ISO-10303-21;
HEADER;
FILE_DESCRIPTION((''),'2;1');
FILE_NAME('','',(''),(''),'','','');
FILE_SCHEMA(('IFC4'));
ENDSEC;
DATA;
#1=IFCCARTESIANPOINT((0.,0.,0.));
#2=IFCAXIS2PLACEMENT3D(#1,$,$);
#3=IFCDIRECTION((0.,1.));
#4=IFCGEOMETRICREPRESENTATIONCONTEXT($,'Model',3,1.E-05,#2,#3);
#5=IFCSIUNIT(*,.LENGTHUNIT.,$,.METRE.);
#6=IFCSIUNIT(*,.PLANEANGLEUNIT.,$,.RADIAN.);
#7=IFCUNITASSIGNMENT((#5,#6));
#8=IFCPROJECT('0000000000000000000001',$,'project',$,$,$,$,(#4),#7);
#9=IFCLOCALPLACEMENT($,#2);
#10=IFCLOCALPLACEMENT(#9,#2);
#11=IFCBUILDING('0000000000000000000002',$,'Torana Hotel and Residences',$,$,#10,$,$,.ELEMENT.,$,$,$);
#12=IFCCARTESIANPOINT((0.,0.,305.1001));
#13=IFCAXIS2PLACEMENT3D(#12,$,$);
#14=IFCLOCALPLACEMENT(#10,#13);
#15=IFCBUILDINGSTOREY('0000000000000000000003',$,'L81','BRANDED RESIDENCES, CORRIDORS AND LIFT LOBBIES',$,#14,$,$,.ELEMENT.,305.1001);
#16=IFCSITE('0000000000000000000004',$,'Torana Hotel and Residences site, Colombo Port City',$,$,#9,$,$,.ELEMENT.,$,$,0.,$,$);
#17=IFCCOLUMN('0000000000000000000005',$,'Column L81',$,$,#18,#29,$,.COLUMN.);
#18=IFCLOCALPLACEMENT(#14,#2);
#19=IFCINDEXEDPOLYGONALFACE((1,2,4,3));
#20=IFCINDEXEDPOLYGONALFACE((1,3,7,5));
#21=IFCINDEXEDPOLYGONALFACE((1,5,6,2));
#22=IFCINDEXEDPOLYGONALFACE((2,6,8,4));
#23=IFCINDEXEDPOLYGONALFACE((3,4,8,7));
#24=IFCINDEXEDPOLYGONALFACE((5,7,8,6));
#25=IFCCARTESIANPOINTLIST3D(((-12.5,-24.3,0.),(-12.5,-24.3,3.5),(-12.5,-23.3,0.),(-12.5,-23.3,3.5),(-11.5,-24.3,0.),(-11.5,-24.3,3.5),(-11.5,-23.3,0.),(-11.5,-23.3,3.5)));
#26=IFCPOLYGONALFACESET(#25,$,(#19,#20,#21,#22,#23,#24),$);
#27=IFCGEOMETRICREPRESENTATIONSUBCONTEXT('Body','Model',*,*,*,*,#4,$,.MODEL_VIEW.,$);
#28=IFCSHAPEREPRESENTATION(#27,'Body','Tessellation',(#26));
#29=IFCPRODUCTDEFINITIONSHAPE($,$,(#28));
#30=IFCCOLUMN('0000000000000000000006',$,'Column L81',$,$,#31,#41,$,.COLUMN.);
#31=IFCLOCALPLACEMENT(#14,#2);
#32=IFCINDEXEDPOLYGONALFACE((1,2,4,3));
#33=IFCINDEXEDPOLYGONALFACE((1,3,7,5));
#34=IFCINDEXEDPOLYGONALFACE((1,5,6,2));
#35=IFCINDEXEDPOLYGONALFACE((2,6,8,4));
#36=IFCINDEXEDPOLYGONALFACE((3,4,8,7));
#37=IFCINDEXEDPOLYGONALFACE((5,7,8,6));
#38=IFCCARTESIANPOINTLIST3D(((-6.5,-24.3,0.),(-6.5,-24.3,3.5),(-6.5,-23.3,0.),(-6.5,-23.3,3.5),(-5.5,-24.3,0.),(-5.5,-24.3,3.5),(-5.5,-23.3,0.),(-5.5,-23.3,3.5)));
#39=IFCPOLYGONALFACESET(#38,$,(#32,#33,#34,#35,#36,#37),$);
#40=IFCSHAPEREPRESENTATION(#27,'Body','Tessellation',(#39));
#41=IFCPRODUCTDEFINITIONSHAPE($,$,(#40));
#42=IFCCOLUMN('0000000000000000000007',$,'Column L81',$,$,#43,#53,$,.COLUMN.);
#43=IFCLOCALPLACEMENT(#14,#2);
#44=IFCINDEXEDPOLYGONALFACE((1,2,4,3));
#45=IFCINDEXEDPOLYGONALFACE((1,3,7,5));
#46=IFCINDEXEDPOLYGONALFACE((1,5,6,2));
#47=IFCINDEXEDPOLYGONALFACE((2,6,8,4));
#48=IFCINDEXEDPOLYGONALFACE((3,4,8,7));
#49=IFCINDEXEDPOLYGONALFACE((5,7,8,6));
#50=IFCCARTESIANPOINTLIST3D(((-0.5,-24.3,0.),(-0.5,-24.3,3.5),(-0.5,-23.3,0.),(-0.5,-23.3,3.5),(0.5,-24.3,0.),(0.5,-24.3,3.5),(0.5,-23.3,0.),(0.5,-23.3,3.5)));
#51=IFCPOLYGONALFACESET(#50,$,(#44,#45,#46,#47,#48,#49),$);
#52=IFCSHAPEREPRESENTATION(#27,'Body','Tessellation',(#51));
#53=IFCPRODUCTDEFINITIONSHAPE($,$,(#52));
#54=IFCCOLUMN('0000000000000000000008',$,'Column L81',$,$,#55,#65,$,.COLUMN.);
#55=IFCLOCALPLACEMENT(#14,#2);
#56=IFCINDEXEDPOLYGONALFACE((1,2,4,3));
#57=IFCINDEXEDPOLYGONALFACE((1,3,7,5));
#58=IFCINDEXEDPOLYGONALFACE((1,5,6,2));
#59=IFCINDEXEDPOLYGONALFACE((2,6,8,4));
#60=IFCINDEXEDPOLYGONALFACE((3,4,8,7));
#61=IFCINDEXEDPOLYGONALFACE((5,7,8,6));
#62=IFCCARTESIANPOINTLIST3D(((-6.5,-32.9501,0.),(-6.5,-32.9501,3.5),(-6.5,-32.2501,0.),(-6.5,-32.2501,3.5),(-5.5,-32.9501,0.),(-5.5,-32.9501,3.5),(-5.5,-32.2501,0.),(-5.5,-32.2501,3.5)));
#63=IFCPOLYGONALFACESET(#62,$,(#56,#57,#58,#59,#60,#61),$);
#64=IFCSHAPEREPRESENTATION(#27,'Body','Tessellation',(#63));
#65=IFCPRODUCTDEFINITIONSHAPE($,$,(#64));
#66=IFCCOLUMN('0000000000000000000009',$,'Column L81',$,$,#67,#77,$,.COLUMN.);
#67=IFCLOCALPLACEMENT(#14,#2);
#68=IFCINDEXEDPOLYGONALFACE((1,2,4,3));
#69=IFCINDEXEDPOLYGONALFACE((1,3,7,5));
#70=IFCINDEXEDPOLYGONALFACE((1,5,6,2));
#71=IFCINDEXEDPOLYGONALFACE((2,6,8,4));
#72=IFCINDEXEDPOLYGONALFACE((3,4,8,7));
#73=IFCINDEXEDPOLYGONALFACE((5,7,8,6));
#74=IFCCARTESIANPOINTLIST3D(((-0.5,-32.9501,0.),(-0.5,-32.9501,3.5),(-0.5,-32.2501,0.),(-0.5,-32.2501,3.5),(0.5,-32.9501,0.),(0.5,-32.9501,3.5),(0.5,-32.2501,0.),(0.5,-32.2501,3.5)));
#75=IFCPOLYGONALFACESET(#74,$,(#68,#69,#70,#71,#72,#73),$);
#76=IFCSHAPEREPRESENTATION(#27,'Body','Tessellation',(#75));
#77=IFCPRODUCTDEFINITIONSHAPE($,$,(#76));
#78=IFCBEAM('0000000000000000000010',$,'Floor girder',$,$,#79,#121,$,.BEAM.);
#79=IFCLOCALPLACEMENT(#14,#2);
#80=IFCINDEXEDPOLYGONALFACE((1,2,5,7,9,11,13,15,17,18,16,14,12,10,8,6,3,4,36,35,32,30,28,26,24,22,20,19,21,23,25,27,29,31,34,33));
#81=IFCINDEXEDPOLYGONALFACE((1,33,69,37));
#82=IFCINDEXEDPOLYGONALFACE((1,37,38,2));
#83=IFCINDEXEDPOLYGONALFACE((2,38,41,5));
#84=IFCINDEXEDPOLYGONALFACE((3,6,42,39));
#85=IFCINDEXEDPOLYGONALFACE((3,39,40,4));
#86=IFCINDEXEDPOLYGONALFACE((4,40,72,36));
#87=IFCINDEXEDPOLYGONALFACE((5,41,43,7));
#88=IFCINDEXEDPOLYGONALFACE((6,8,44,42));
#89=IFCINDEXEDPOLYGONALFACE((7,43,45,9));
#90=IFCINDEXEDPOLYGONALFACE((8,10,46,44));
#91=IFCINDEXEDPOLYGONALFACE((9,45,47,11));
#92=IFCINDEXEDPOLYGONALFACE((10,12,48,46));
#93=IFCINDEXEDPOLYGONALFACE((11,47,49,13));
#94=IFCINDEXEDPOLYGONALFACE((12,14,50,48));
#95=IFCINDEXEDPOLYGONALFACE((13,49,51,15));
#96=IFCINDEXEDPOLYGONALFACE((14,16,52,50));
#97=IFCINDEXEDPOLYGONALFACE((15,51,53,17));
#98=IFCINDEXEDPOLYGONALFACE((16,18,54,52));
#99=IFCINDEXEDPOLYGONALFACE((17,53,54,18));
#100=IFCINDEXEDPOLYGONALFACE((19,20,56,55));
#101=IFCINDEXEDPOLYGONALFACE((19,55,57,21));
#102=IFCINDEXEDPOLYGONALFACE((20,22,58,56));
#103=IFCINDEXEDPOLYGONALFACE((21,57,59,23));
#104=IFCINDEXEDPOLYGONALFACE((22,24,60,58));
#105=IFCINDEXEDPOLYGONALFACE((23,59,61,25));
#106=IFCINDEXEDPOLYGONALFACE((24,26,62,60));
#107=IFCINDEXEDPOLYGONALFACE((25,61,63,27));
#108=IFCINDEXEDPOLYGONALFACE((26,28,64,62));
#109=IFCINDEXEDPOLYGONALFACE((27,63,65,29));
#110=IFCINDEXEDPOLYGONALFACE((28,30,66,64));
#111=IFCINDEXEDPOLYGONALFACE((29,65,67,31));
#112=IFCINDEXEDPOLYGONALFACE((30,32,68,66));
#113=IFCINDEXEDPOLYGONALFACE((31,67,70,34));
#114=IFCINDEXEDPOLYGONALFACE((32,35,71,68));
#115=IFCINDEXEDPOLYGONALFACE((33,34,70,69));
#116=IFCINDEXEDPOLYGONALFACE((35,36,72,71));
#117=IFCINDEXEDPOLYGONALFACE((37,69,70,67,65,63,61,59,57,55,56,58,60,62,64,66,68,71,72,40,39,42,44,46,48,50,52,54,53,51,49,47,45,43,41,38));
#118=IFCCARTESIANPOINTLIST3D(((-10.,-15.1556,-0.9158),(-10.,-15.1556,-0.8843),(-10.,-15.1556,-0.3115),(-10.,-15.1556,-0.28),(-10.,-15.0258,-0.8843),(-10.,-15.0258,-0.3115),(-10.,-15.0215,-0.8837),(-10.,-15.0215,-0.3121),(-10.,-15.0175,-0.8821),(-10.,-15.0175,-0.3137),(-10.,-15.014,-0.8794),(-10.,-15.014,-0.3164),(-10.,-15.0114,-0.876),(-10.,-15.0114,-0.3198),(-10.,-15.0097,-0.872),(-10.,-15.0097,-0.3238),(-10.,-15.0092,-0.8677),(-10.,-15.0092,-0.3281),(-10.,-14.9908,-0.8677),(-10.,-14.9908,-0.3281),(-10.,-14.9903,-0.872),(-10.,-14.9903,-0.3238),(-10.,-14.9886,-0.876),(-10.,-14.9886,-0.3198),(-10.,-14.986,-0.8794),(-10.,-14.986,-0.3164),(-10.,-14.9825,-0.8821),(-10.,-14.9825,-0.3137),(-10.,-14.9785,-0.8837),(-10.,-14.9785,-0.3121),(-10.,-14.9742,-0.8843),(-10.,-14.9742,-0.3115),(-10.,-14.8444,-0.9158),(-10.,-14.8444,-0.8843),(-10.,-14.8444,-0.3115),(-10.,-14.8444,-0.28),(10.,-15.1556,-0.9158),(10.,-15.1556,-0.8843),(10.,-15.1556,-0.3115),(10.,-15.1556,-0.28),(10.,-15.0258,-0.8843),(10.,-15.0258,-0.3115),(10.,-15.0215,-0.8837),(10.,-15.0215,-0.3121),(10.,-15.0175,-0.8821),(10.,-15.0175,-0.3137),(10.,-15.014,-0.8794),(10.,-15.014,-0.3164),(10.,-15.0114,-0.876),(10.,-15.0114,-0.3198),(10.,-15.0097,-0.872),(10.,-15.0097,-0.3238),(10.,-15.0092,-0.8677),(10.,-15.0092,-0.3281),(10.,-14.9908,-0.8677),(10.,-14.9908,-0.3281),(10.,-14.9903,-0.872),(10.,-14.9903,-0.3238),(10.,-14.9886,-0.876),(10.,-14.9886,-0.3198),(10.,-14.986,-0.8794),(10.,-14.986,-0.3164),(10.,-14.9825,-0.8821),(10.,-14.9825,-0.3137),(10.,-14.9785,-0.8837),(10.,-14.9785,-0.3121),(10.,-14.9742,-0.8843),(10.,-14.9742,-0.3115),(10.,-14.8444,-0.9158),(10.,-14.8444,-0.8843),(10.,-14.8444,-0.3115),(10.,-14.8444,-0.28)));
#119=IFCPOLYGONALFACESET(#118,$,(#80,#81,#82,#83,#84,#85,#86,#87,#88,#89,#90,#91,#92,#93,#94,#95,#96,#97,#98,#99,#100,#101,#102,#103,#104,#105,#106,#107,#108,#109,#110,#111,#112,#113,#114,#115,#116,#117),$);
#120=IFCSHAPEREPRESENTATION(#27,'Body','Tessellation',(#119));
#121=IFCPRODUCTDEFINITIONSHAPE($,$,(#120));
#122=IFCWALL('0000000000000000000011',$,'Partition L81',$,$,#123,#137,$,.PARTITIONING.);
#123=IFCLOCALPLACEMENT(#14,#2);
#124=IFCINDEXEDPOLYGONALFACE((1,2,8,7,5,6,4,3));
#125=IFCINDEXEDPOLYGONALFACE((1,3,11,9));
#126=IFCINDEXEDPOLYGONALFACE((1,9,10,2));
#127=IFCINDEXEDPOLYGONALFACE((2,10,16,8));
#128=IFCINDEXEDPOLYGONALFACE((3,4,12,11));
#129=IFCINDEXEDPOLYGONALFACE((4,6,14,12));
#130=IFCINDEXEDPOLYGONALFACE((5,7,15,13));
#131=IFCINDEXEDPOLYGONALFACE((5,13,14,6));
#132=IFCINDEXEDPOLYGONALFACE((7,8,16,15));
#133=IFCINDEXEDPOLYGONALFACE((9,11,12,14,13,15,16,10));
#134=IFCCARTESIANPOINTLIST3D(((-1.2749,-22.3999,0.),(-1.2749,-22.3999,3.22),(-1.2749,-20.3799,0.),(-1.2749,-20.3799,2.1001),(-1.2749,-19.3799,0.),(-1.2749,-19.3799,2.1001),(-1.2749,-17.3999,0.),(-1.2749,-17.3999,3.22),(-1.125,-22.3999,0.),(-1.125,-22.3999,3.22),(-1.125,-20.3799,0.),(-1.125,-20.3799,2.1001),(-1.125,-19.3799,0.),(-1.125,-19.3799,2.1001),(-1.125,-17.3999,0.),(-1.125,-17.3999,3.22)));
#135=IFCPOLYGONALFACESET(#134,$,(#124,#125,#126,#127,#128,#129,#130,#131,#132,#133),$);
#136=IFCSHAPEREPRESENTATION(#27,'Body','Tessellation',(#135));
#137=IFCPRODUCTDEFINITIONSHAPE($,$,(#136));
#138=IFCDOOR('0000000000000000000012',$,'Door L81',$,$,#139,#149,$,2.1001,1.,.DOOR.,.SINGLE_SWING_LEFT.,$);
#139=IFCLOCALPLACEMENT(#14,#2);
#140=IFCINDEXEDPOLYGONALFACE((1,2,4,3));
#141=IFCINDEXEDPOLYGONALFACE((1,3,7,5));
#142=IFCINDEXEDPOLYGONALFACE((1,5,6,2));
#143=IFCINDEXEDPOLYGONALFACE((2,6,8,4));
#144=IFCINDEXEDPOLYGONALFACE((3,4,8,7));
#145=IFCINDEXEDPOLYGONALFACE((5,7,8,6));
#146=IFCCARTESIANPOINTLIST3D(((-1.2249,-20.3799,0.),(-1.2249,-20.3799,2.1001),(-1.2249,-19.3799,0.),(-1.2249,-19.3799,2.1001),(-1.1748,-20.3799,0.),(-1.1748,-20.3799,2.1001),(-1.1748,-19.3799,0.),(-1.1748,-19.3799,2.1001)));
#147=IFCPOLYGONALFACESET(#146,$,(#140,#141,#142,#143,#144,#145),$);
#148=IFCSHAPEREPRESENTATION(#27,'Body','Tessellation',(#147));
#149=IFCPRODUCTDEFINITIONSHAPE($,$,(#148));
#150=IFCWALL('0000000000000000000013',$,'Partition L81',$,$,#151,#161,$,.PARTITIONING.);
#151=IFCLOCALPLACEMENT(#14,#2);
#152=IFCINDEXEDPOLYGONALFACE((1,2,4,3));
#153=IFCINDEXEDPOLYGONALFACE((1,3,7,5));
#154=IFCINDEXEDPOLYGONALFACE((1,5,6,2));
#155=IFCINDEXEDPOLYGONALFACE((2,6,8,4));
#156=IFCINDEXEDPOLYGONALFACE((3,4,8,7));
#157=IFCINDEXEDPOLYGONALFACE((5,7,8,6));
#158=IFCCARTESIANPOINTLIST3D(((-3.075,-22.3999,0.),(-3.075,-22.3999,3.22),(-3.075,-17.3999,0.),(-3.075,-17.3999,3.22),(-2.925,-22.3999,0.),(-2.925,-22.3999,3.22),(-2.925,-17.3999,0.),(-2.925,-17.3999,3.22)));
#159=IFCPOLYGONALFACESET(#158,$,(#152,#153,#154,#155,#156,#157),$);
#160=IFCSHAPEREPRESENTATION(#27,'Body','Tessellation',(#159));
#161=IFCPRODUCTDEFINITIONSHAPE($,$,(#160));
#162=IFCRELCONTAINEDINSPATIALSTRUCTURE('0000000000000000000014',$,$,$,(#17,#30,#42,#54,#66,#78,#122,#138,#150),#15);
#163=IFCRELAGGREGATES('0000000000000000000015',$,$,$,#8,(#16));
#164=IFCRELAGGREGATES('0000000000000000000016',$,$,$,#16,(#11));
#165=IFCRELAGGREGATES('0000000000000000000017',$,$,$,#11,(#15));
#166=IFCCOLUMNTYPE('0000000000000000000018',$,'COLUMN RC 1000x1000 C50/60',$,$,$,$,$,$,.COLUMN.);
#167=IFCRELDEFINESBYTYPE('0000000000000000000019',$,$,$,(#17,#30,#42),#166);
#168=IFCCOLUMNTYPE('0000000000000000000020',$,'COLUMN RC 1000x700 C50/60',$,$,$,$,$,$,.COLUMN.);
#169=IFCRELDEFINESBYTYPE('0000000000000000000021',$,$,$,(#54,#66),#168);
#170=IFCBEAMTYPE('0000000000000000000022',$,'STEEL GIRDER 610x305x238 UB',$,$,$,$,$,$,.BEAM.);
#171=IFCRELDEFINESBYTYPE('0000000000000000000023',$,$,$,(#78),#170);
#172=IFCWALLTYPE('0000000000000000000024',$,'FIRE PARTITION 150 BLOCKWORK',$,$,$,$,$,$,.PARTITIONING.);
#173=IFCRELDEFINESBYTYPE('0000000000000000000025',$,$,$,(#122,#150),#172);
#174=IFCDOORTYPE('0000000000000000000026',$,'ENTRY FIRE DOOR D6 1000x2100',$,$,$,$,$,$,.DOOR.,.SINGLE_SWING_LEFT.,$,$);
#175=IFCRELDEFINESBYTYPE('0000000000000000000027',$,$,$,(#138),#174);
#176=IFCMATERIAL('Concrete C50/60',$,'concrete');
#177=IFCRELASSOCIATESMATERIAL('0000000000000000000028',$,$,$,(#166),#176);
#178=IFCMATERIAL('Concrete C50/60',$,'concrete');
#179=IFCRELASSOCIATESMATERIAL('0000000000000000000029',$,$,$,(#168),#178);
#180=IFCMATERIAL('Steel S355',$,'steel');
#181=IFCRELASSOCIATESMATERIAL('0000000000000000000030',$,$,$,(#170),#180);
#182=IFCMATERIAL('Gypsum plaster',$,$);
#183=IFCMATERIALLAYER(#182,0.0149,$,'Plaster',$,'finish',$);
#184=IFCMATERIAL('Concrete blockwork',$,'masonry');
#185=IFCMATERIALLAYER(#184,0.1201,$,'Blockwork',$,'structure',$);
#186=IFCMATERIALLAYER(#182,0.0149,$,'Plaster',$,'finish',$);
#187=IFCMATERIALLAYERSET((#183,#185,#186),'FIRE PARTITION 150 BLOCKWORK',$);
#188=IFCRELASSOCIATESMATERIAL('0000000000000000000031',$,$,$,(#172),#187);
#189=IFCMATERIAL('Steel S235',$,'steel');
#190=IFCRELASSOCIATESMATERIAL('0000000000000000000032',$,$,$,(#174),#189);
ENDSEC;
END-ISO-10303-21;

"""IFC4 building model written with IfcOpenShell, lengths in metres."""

from ifc_helpers import new_model, si_unit, direction, frame, frame_2d, origin, origin_2d, place, context, subcontext, project, spatial, rectangle, i_section, extrude, material, layer, layer_set, material_profile, profile_set, type_object, element, fill, save


model = new_model("IFC4")

# Units and contexts
model_context = context("Model", 3, precision=1e-05, world=origin(), true_north=direction((0.0, 1.0)))
body_context = subcontext(model_context, "Body", "Model", "MODEL_VIEW")
ifc_project = project(units=[si_unit("LENGTHUNIT", "METRE"), si_unit("PLANEANGLEUNIT", "RADIAN")], contexts=[model_context])

# Site, building, storey
site_placement = place(None, origin())
site = spatial("IfcSite", under=ifc_project, at=site_placement, Name="Torana Hotel and Residences site, Colombo Port City", CompositionType="ELEMENT", RefElevation=0.0)
building_placement = place(site_placement, origin())
building = spatial("IfcBuilding", under=site, at=building_placement, Name="Torana Hotel and Residences", CompositionType="ELEMENT")
storey_placement = place(building_placement, frame((0.0, 0.0, 305.1001)))
storey = spatial("IfcBuildingStorey", under=building, at=storey_placement, Name="L81", Description="BRANDED RESIDENCES, CORRIDORS AND LIFT LOBBIES", CompositionType="ELEMENT", Elevation=305.1001)

# Columns
ifc_material_1 = material(Name="Concrete C50/60", Category="concrete")
ifc_material_profile_1 = material_profile(ifc_material_1, rectangle(XDim=1.0, YDim=1.0, at=origin_2d()), Name="RC 1000x1000")
ifc_profile_set_1 = profile_set([ifc_material_profile_1], Name="Concrete C50/60")
column_type_1 = type_object("IfcColumnType", Name="COLUMN RC 1000x1000 C50/60", PredefinedType="COLUMN", material=ifc_profile_set_1)
for number, where, z_axis, x_axis, name in (
    (1, (-12.0, -23.8, 0.0), (0.0, 0.0, 1.0), (1.0, 0.0, 0.0), "Column L81"),
    (2, (-6.0, -23.8, 0.0), (0.0, 0.0, 1.0), (1.0, 0.0, 0.0), "Column L81"),
    (3, (0.0, -23.8, 0.0), (0.0, 0.0, 1.0), (1.0, 0.0, 0.0), "Column L81"),
):
    element("IfcColumn", number, at=place(storey_placement, frame(where, z_axis=z_axis, x_axis=x_axis)), inside=storey, type_object=column_type_1, Name=name, PredefinedType="COLUMN", context=body_context, shape_type="SweptSolid", body=[
        extrude(rectangle(XDim=1.0, YDim=1.0, at=origin_2d()), origin(), (0.0, 0.0, 1.0), 3.5),
    ])
ifc_material_2 = material(Name="Concrete C50/60", Category="concrete")
ifc_material_profile_2 = material_profile(ifc_material_2, rectangle(XDim=1.0, YDim=0.7, at=origin_2d()), Name="RC 1000x700")
ifc_profile_set_2 = profile_set([ifc_material_profile_2], Name="Concrete C50/60")
column_type_2 = type_object("IfcColumnType", Name="COLUMN RC 1000x700 C50/60", PredefinedType="COLUMN", material=ifc_profile_set_2)
for number, where, z_axis, x_axis, name in (
    (4, (-6.0, -32.6001, 0.0), (0.0, 0.0, 1.0), (1.0, 0.0, 0.0), "Column L81"),
    (5, (0.0, -32.6001, 0.0), (0.0, 0.0, 1.0), (1.0, 0.0, 0.0), "Column L81"),
):
    element("IfcColumn", number, at=place(storey_placement, frame(where, z_axis=z_axis, x_axis=x_axis)), inside=storey, type_object=column_type_2, Name=name, PredefinedType="COLUMN", context=body_context, shape_type="SweptSolid", body=[
        extrude(rectangle(XDim=1.0, YDim=0.7, at=origin_2d()), origin(), (0.0, 0.0, 1.0), 3.5),
    ])

# Beam
ifc_material_3 = material(Name="Steel S355", Category="steel")
ifc_material_profile_3 = material_profile(ifc_material_3, i_section(OverallWidth=0.3113, OverallDepth=0.6357, WebThickness=0.0183, FlangeThickness=0.0315, FilletRadius=0.0166, at=origin_2d()), Name="610x305x238 UB")
ifc_profile_set_3 = profile_set([ifc_material_profile_3], Name="Steel S355")
beam_type = type_object("IfcBeamType", Name="STEEL GIRDER 610x305x238 UB", PredefinedType="BEAM", material=ifc_profile_set_3)
beam_placement = place(storey_placement, frame((-10.0, -15.0, -0.5979), z_axis=(1.0, 0.0, 0.0), x_axis=(0.0, 1.0, 0.0)))
element("IfcBeam", 6, at=beam_placement, inside=storey, type_object=beam_type, Name="Floor girder", PredefinedType="BEAM", context=body_context, shape_type="SweptSolid", body=[
    extrude(i_section(OverallWidth=0.3113, OverallDepth=0.6357, WebThickness=0.0183, FlangeThickness=0.0315, FilletRadius=0.0166, at=origin_2d()), origin(), (0.0, 0.0, 1.0), 20.0),
])

# Wall, opening, door
ifc_material_4 = material(Name="Gypsum plaster")
ifc_layer_1 = layer(ifc_material_4, 0.0149, Name="Plaster", Category="finish")
ifc_material_5 = material(Name="Concrete blockwork", Category="masonry")
ifc_layer_2 = layer(ifc_material_5, 0.1201, Name="Blockwork", Category="structure")
ifc_layer_3 = layer(ifc_material_4, 0.0149, Name="Plaster", Category="finish")
ifc_layer_set_1 = layer_set([ifc_layer_1, ifc_layer_2, ifc_layer_3], Name="FIRE PARTITION 150 BLOCKWORK")
wall_type_1 = type_object("IfcWallType", Name="FIRE PARTITION 150 BLOCKWORK", PredefinedType="PARTITIONING", material=ifc_layer_set_1)
wall_1_placement = place(storey_placement, frame((-1.2, -22.3999, 0.0), z_axis=(0.0, 0.0, 1.0), x_axis=(0.0, 1.0, 0.0)))
wall_1 = element("IfcWall", 7, at=wall_1_placement, inside=storey, type_object=wall_type_1, Name="Partition L81", PredefinedType="PARTITIONING", context=body_context, shape_type="SweptSolid", body=[
    extrude(rectangle(XDim=5.0, YDim=0.1499, at=frame_2d((2.5, 0.0))), origin(), (0.0, 0.0, 1.0), 3.22),
])
opening_1_placement = place(wall_1_placement, frame((2.02, 0.0, 0.0)))
opening_1 = element("IfcOpeningElement", 8, at=opening_1_placement, cuts=wall_1, PredefinedType="OPENING", context=body_context, shape_type="SweptSolid", body=[
    extrude(rectangle(XDim=1.0, YDim=2.1001, at=frame_2d((0.5, 1.05))), frame((0.0, 0.085, 0.0), z_axis=(0.0, -1.0, 0.0), x_axis=(1.0, 0.0, 0.0)), (0.0, 0.0, 1.0), 0.1699),
])
ifc_material_6 = material(Name="Steel S235", Category="steel")
door_type_1 = type_object("IfcDoorType", Name="ENTRY FIRE DOOR D6 1000x2100", OperationType="SINGLE_SWING_LEFT", PredefinedType="DOOR", material=ifc_material_6)
door_1_placement = place(opening_1_placement, frame((0.5, 0.0, 0.0), z_axis=(0.0, 0.0, 1.0), x_axis=(-1.0, 0.0, 0.0)))
door_1 = element("IfcDoor", 9, at=door_1_placement, inside=storey, type_object=door_type_1, Name="Door L81", OperationType="SINGLE_SWING_LEFT", OverallHeight=2.1001, OverallWidth=1.0, PredefinedType="DOOR", context=body_context, shape_type="SweptSolid", body=[
    extrude(rectangle(XDim=1.0, YDim=2.1001, at=frame_2d((0.0, 1.05))), frame((0.0, -0.0249, 0.0), z_axis=(0.0, 1.0, 0.0), x_axis=(-1.0, 0.0, 0.0)), (0.0, 0.0, 1.0), 0.05),
])
fill(opening_1, door_1)

# Wall
wall_2_placement = place(storey_placement, frame((-3.0, -22.3999, 0.0), z_axis=(0.0, 0.0, 1.0), x_axis=(0.0, 1.0, 0.0)))
element("IfcWall", 10, at=wall_2_placement, inside=storey, type_object=wall_type_1, Name="Partition L81", PredefinedType="PARTITIONING", context=body_context, shape_type="SweptSolid", body=[
    extrude(rectangle(XDim=5.0, YDim=0.1499, at=frame_2d((2.5, 0.0))), origin(), (0.0, 0.0, 1.0), 3.22),
])

save(model, "model.ifc")
